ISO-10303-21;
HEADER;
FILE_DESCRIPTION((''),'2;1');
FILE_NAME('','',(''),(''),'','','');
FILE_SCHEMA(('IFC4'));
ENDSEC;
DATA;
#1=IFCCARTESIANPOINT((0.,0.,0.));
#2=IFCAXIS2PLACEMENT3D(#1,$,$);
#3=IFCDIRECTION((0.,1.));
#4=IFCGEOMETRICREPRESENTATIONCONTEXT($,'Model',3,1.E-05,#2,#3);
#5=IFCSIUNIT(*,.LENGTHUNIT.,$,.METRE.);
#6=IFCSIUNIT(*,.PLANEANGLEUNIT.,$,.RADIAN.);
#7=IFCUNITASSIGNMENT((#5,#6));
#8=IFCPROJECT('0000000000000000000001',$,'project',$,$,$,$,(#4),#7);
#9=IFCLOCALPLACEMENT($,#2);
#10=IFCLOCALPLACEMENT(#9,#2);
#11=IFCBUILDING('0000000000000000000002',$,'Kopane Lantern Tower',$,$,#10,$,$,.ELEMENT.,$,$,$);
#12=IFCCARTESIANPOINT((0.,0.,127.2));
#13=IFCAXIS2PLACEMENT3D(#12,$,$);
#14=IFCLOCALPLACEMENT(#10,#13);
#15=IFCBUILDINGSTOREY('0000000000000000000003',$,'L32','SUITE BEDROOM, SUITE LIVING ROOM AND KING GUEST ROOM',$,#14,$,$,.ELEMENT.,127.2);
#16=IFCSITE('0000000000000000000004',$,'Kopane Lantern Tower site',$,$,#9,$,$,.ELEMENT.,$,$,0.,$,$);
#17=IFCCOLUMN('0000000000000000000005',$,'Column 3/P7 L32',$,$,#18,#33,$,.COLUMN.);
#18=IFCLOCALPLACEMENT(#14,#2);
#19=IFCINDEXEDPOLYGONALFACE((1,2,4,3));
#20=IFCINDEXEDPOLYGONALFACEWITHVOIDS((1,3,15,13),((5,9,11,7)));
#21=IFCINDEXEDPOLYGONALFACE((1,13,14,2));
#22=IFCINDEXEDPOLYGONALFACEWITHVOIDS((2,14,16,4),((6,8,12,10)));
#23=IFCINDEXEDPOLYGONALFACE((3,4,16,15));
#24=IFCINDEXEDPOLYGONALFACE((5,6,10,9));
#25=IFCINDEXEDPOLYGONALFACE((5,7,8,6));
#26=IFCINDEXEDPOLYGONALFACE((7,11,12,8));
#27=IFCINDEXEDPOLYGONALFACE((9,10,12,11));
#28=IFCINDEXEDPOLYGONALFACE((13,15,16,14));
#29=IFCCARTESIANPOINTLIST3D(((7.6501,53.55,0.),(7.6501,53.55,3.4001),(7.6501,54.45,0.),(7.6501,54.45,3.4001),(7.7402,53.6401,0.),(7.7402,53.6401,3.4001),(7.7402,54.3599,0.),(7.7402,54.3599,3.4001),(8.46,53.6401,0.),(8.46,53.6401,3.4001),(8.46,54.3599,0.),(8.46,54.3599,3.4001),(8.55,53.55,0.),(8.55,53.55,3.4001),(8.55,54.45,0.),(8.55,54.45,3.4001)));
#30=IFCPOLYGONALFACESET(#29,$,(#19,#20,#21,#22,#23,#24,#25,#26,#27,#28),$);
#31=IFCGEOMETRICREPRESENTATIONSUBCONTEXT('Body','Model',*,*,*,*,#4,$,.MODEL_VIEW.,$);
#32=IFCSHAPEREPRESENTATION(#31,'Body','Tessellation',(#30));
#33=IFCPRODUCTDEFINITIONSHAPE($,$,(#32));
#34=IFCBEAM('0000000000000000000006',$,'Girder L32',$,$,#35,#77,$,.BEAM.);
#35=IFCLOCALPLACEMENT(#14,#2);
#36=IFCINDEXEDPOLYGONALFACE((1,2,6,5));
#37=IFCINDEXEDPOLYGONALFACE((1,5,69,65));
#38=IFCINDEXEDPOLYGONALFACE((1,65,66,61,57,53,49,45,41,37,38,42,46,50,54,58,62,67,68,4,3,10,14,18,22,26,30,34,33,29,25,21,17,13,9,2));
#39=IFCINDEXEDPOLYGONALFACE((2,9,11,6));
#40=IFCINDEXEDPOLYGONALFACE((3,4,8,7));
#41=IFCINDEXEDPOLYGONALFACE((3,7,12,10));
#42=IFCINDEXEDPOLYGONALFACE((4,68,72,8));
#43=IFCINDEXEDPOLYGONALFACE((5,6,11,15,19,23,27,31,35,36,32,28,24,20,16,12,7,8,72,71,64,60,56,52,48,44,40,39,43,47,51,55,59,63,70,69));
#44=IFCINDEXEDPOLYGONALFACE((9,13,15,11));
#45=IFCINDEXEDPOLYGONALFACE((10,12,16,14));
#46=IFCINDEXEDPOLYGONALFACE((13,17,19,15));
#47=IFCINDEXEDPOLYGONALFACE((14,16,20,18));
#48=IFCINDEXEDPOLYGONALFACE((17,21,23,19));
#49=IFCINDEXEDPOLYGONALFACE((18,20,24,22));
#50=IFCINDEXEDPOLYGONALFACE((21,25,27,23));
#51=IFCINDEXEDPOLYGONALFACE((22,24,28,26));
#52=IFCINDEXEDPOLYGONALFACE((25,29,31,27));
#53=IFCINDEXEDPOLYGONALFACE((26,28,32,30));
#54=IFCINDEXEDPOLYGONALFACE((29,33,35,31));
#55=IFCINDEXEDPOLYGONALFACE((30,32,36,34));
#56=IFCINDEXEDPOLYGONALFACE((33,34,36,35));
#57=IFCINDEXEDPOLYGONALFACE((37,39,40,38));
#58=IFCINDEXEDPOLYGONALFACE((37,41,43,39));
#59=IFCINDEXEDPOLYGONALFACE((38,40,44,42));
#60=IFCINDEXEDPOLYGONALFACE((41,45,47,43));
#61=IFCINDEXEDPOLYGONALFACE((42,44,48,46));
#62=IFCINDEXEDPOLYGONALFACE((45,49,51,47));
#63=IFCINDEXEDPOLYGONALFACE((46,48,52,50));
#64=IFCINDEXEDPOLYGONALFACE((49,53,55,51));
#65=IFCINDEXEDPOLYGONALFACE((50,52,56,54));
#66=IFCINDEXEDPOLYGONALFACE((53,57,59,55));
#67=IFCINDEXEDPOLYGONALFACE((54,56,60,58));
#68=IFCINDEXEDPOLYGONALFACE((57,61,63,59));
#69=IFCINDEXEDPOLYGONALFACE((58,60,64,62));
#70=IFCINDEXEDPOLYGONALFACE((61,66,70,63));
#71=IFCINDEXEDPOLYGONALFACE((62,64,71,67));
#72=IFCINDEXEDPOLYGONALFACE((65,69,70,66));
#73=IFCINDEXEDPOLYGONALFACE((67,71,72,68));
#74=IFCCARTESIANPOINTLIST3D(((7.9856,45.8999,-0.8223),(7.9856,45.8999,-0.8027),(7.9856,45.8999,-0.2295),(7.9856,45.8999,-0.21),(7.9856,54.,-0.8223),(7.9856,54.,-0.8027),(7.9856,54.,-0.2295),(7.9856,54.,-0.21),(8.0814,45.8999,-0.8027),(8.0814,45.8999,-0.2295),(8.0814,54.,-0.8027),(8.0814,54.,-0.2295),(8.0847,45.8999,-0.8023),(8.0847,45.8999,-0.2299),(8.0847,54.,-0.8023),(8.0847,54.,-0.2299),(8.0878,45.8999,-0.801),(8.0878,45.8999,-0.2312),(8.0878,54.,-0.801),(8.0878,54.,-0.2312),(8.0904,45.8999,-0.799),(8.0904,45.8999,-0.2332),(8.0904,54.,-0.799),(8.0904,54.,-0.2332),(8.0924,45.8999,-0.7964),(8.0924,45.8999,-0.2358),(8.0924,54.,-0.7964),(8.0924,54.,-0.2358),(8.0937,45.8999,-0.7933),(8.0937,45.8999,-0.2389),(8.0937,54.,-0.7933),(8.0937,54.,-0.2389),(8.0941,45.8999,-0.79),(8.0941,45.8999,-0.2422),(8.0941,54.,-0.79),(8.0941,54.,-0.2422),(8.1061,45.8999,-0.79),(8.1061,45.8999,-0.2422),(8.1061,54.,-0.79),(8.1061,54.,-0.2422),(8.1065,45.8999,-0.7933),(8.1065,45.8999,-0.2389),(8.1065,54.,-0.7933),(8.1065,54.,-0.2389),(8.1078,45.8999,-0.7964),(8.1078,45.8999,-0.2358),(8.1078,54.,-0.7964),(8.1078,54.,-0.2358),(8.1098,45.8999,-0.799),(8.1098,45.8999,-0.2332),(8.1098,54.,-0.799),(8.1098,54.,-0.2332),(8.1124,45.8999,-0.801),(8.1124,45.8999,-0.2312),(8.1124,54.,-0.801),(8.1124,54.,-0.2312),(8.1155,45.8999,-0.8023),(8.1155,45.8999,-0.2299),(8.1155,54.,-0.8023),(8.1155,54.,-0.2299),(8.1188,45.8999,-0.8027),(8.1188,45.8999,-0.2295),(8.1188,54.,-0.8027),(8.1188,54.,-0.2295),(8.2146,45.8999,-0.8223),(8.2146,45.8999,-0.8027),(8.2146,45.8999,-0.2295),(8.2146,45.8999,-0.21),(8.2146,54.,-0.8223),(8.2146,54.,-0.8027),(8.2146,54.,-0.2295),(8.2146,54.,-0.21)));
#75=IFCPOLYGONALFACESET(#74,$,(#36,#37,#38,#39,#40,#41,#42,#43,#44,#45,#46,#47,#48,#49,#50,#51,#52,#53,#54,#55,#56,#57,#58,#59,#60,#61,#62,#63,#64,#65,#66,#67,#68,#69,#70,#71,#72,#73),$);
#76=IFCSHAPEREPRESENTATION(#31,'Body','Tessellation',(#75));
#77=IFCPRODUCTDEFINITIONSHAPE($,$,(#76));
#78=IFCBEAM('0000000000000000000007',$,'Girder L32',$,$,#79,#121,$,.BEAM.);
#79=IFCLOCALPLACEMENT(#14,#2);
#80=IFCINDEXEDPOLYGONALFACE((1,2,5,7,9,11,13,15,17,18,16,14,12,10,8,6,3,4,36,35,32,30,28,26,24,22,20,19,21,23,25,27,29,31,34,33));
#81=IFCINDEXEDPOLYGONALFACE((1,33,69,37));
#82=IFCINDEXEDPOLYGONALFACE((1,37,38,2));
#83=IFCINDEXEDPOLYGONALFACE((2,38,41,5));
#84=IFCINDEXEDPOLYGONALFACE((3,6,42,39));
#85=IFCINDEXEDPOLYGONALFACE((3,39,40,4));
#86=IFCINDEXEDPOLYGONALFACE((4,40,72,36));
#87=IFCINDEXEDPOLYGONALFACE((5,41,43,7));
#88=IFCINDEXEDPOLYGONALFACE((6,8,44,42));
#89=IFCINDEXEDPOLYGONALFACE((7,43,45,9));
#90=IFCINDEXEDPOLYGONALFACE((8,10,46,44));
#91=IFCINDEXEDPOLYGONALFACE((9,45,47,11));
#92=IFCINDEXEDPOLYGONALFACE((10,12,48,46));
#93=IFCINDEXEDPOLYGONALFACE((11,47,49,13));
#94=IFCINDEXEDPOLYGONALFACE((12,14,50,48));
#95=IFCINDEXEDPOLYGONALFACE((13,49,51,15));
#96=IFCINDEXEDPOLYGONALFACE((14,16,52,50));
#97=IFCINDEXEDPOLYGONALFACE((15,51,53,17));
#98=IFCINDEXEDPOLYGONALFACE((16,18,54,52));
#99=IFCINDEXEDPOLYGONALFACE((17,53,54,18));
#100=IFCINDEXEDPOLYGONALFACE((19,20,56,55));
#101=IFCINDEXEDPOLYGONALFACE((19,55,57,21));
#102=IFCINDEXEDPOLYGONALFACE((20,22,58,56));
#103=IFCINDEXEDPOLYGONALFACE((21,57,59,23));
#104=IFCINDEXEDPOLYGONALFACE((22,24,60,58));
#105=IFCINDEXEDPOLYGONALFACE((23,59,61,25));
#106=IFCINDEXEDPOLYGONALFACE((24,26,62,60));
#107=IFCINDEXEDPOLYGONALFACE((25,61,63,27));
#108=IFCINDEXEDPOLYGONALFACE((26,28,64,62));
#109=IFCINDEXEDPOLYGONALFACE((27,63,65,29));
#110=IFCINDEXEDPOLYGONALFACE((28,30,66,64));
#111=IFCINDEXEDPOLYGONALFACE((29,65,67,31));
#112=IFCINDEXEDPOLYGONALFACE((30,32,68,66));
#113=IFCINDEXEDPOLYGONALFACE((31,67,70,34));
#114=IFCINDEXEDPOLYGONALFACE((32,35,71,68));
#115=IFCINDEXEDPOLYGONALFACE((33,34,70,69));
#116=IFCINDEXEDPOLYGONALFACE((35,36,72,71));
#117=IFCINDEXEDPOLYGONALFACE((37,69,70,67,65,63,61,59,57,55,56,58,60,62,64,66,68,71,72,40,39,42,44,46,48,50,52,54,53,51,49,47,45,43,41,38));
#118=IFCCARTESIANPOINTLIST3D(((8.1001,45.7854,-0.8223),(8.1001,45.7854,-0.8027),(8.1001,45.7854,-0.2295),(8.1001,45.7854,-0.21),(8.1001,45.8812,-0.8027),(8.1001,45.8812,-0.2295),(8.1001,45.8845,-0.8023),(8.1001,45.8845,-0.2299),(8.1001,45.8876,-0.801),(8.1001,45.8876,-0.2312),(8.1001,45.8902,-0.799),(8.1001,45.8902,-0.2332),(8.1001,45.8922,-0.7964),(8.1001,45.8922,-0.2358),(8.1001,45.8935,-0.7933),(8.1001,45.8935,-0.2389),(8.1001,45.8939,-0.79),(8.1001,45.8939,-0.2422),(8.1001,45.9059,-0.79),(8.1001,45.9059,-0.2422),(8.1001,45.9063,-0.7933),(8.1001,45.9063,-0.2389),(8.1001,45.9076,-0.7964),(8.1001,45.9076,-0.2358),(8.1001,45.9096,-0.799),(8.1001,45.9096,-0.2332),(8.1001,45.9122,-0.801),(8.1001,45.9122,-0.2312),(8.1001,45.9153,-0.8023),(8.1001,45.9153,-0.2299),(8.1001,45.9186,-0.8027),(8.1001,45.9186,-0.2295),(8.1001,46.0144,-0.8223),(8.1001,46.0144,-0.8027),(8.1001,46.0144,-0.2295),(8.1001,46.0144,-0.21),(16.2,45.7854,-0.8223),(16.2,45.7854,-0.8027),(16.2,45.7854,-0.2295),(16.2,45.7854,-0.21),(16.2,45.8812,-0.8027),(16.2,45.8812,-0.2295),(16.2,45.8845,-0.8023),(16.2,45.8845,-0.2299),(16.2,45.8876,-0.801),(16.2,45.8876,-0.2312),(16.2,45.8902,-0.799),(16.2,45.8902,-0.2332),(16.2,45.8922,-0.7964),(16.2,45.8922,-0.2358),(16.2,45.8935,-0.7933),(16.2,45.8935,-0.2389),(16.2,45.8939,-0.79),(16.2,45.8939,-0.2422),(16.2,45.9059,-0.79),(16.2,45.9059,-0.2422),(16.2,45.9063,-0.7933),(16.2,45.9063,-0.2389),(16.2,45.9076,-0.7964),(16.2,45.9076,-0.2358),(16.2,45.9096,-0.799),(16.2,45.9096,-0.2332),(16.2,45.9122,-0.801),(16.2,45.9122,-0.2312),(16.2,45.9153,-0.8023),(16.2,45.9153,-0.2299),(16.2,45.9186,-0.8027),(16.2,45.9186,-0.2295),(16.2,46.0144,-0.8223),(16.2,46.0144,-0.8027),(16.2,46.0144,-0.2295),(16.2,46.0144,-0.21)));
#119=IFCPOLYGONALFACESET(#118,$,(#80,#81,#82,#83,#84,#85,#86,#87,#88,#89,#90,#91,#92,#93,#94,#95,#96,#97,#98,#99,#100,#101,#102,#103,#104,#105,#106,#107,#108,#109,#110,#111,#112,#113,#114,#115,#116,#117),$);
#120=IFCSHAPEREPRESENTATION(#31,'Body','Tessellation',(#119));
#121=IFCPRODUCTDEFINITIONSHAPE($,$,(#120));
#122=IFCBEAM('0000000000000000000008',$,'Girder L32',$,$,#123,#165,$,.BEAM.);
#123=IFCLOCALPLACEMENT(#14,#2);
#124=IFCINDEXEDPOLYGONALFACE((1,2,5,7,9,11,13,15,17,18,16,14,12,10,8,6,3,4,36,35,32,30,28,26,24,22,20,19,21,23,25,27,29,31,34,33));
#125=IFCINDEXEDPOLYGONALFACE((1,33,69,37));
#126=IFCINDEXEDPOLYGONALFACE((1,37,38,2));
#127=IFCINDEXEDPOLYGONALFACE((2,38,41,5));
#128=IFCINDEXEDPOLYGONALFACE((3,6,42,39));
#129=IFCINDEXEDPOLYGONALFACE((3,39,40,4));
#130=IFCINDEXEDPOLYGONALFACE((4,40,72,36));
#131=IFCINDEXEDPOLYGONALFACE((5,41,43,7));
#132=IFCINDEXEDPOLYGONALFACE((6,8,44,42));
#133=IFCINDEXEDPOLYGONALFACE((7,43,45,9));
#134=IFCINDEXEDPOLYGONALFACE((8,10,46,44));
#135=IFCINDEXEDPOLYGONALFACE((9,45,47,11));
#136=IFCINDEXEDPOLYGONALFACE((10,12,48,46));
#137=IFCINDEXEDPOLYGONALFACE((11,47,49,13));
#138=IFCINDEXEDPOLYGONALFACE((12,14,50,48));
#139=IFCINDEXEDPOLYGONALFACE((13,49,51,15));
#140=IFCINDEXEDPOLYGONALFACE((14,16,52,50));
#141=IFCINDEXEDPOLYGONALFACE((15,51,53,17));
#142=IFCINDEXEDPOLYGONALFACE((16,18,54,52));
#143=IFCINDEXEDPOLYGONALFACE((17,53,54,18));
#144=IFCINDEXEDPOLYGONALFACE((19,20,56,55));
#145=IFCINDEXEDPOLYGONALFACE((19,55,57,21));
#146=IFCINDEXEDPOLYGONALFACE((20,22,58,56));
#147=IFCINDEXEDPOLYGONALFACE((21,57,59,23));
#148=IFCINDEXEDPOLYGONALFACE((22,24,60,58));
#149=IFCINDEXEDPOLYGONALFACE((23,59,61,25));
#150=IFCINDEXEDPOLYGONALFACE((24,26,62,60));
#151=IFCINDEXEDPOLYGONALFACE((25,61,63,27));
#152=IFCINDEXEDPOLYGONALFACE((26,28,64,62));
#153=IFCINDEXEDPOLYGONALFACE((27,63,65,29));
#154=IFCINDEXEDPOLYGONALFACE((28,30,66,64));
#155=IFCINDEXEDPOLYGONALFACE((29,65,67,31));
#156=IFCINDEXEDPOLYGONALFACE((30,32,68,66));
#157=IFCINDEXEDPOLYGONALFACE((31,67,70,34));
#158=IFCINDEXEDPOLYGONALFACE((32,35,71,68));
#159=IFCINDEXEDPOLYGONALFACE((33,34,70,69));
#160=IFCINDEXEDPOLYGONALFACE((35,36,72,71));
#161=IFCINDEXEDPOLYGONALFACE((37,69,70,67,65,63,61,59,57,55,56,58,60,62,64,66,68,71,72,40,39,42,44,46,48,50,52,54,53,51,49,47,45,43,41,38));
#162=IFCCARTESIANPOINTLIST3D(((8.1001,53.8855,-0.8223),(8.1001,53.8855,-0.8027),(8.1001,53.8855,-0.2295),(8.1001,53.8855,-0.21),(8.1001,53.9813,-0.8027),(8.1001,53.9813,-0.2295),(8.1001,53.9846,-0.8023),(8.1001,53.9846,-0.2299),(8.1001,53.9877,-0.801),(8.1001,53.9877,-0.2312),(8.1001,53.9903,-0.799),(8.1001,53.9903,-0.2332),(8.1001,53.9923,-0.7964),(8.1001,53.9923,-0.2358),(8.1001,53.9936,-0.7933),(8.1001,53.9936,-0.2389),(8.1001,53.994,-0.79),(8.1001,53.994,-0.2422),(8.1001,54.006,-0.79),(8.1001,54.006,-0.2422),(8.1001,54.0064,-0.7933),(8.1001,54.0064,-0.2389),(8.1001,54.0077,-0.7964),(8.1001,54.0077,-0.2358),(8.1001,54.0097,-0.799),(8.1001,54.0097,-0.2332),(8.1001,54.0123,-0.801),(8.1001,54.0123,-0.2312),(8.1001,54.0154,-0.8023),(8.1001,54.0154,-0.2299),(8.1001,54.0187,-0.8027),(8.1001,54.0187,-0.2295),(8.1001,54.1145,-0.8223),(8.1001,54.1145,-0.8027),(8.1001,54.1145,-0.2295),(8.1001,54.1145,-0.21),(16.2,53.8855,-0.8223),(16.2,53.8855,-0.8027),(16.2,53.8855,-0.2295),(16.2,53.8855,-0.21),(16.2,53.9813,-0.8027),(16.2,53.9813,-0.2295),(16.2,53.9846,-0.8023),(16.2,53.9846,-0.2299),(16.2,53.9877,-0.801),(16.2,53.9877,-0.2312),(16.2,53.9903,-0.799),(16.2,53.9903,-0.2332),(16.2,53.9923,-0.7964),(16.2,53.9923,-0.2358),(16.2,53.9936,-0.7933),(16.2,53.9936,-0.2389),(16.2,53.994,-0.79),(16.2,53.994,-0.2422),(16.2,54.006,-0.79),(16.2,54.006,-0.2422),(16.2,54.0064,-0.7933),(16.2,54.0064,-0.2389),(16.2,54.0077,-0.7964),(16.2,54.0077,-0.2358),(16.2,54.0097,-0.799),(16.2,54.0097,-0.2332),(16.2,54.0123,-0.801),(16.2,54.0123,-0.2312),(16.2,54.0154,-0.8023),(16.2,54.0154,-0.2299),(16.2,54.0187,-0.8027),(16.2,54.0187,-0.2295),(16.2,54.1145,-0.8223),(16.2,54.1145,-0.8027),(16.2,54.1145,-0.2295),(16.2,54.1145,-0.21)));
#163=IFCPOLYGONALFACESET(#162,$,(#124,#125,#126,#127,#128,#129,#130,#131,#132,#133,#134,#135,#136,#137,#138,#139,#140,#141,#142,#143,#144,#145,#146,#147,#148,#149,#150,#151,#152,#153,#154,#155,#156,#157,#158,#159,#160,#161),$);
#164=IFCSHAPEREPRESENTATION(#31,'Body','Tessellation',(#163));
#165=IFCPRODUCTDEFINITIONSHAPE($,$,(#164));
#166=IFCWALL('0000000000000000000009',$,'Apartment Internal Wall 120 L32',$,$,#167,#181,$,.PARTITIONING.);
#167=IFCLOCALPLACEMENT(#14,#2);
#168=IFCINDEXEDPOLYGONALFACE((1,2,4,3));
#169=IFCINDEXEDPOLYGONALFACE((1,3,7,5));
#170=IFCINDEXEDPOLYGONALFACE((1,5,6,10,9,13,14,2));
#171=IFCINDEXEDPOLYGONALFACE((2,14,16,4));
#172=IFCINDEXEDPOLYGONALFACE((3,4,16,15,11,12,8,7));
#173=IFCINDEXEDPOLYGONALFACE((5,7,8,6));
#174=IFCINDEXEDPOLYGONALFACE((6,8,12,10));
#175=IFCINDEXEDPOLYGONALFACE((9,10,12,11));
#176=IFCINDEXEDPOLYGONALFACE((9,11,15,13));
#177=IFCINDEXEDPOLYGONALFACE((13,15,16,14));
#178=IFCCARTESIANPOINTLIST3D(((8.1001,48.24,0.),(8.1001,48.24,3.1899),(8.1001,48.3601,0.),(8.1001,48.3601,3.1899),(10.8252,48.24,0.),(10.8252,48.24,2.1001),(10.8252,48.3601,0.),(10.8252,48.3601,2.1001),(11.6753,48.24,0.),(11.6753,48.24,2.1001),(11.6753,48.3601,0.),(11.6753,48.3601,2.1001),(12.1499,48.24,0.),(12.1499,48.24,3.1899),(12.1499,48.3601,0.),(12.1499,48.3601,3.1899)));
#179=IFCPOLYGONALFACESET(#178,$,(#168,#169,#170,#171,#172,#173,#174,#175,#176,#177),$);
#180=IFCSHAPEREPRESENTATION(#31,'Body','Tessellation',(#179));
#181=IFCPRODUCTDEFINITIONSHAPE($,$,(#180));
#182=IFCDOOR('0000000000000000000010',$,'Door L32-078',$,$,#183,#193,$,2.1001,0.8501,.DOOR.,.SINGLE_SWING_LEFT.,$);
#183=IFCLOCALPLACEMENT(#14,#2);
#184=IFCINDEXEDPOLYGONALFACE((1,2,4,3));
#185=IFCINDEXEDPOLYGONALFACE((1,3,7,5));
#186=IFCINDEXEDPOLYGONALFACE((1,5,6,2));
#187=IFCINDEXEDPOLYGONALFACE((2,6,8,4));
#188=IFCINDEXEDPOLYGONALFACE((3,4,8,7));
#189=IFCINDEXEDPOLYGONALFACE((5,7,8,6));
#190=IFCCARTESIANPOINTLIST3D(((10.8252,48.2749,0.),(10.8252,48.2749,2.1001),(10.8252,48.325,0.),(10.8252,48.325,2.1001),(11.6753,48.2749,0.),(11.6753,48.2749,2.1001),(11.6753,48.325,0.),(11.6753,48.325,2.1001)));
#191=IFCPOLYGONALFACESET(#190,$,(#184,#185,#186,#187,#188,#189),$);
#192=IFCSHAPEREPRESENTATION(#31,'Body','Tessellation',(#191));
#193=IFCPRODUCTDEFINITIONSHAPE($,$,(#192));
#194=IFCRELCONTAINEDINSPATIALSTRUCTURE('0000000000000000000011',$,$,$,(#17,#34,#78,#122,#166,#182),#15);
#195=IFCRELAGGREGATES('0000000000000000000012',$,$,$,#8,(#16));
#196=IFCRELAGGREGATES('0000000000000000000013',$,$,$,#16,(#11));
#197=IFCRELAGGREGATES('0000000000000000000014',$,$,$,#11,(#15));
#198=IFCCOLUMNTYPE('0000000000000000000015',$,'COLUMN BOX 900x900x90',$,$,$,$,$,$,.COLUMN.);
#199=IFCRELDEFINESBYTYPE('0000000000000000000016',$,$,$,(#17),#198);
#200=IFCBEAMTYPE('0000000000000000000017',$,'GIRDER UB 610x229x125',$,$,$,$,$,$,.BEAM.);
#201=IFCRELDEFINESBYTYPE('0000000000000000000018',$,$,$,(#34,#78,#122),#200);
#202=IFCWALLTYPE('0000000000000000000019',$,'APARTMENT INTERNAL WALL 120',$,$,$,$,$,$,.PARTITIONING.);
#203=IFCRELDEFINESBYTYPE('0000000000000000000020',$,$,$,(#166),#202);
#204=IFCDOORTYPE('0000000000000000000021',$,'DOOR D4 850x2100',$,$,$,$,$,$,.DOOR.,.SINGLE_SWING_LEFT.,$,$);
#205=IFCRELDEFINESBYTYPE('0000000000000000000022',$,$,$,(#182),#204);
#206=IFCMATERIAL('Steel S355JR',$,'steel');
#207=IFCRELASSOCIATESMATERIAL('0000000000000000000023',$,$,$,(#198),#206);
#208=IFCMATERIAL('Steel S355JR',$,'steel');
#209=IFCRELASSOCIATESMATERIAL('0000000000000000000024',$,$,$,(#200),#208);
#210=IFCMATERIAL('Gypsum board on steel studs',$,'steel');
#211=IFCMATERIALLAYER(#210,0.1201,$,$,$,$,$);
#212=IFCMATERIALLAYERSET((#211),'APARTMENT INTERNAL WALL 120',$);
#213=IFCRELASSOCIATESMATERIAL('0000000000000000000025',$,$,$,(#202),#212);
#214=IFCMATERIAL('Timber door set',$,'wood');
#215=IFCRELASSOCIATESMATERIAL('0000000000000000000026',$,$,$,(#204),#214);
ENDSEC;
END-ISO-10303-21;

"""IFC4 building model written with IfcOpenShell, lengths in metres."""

from ifc_helpers import new_model, si_unit, direction, frame, frame_2d, origin, origin_2d, place, context, subcontext, project, spatial, rectangle, hollow_rectangle, i_section, extrude, material, layer, layer_set, material_profile, profile_set, type_object, element, fill, save


model = new_model("IFC4")

# Units and contexts
model_context = context("Model", 3, precision=1e-05, world=origin(), true_north=direction((0.0, 1.0)))
body_context = subcontext(model_context, "Body", "Model", "MODEL_VIEW")
ifc_project = project(units=[si_unit("LENGTHUNIT", "METRE"), si_unit("PLANEANGLEUNIT", "RADIAN")], contexts=[model_context])

# Site, building, storey
site_placement = place(None, origin())
site = spatial("IfcSite", under=ifc_project, at=site_placement, Name="Kopane Lantern Tower site", CompositionType="ELEMENT", RefElevation=0.0)
building_placement = place(site_placement, origin())
building = spatial("IfcBuilding", under=site, at=building_placement, Name="Kopane Lantern Tower", CompositionType="ELEMENT")
storey_placement = place(building_placement, frame((0.0, 0.0, 127.2)))
storey = spatial("IfcBuildingStorey", under=building, at=storey_placement, Name="L32", Description="SUITE BEDROOM, SUITE LIVING ROOM AND KING GUEST ROOM", CompositionType="ELEMENT", Elevation=127.2)

# Column
ifc_material_1 = material(Name="Steel S355JR", Category="steel")
ifc_material_profile_1 = material_profile(ifc_material_1, hollow_rectangle(XDim=0.8999, YDim=0.8999, WallThickness=0.0901, at=origin_2d()), Name="BOX 900x900x90")
ifc_profile_set_1 = profile_set([ifc_material_profile_1], Name="Steel S355JR")
column_type = type_object("IfcColumnType", Name="COLUMN BOX 900x900x90", PredefinedType="COLUMN", material=ifc_profile_set_1)
column_placement = place(storey_placement, frame((8.1001, 54.0, 0.0), z_axis=(0.0, 0.0, 1.0), x_axis=(1.0, 0.0, 0.0)))
element("IfcColumn", 1, at=column_placement, inside=storey, type_object=column_type, Name="Column 3/P7 L32", PredefinedType="COLUMN", context=body_context, shape_type="SweptSolid", body=[
    extrude(hollow_rectangle(XDim=0.8999, YDim=0.8999, WallThickness=0.0901, at=origin_2d()), origin(), (0.0, 0.0, 1.0), 3.4001),
])

# Beams
ifc_material_2 = material(Name="Steel S355JR", Category="steel")
ifc_material_profile_2 = material_profile(ifc_material_2, i_section(OverallWidth=0.229, OverallDepth=0.6123, WebThickness=0.012, FlangeThickness=0.0195, FilletRadius=0.0127, at=origin_2d()), Name="UB 610x229x125")
ifc_profile_set_2 = profile_set([ifc_material_profile_2], Name="Steel S355JR")
beam_type = type_object("IfcBeamType", Name="GIRDER UB 610x229x125", PredefinedType="BEAM", material=ifc_profile_set_2)
beam_placement = place(storey_placement, frame((8.1001, 45.8999, -0.5161), z_axis=(0.0, 1.0, 0.0), x_axis=(-1.0, 0.0, 0.0)))
element("IfcBeam", 2, at=beam_placement, inside=storey, type_object=beam_type, Name="Girder L32", PredefinedType="BEAM", context=body_context, shape_type="SweptSolid", body=[
    extrude(i_section(OverallWidth=0.229, OverallDepth=0.6123, WebThickness=0.012, FlangeThickness=0.0195, FilletRadius=0.0127, at=origin_2d()), origin(), (0.0, 0.0, 1.0), 8.1001),
])
for number, where, z_axis, x_axis, name in (
    (3, (8.1001, 45.8999, -0.5161), (1.0, 0.0, 0.0), (0.0, 1.0, 0.0), "Girder L32"),
    (4, (8.1001, 54.0, -0.5161), (1.0, 0.0, 0.0), (0.0, 1.0, 0.0), "Girder L32"),
):
    element("IfcBeam", number, at=place(storey_placement, frame(where, z_axis=z_axis, x_axis=x_axis)), inside=storey, type_object=beam_type, Name=name, PredefinedType="BEAM", context=body_context, shape_type="SweptSolid", body=[
        extrude(i_section(OverallWidth=0.229, OverallDepth=0.6123, WebThickness=0.012, FlangeThickness=0.0195, FilletRadius=0.0127, at=origin_2d()), origin(), (0.0, 0.0, 1.0), 8.0999),
    ])

# Wall, opening, door
ifc_material_3 = material(Name="Gypsum board on steel studs", Category="steel")
ifc_layer_1 = layer(ifc_material_3, 0.1201)
ifc_layer_set_1 = layer_set([ifc_layer_1], Name="APARTMENT INTERNAL WALL 120")
wall_type_1 = type_object("IfcWallType", Name="APARTMENT INTERNAL WALL 120", PredefinedType="PARTITIONING", material=ifc_layer_set_1)
wall_1_placement = place(storey_placement, frame((8.1001, 48.3, 0.0), z_axis=(0.0, 0.0, 1.0), x_axis=(1.0, 0.0, 0.0)))
wall_1 = element("IfcWall", 5, at=wall_1_placement, inside=storey, type_object=wall_type_1, Name="Apartment Internal Wall 120 L32", PredefinedType="PARTITIONING", context=body_context, shape_type="SweptSolid", body=[
    extrude(rectangle(XDim=4.0498, YDim=0.1201, at=frame_2d((2.0249, 0.0))), origin(), (0.0, 0.0, 1.0), 3.1899),
])
opening_1_placement = place(wall_1_placement, frame((2.7251, 0.0, 0.0)))
opening_1 = element("IfcOpeningElement", 6, at=opening_1_placement, cuts=wall_1, PredefinedType="OPENING", context=body_context, shape_type="SweptSolid", body=[
    extrude(rectangle(XDim=0.8501, YDim=2.1001, at=frame_2d((0.425, 1.05))), frame((0.0, 0.0701, 0.0), z_axis=(0.0, -1.0, 0.0), x_axis=(1.0, 0.0, 0.0)), (0.0, 0.0, 1.0), 0.1401),
])
ifc_material_4 = material(Name="Timber door set", Category="wood")
door_type_1 = type_object("IfcDoorType", Name="DOOR D4 850x2100", OperationType="SINGLE_SWING_LEFT", PredefinedType="DOOR", material=ifc_material_4)
door_1_placement = place(opening_1_placement, origin())
door_1 = element("IfcDoor", 7, at=door_1_placement, inside=storey, type_object=door_type_1, Name="Door L32-078", OperationType="SINGLE_SWING_LEFT", OverallHeight=2.1001, OverallWidth=0.8501, PredefinedType="DOOR", context=body_context, shape_type="SweptSolid", body=[
    extrude(rectangle(XDim=0.8501, YDim=2.1001, at=frame_2d((0.425, 1.05))), frame((0.0, 0.0249, 0.0), z_axis=(0.0, -1.0, 0.0), x_axis=(1.0, 0.0, 0.0)), (0.0, 0.0, 1.0), 0.05),
])
fill(opening_1, door_1)

save(model, "model.ifc")
